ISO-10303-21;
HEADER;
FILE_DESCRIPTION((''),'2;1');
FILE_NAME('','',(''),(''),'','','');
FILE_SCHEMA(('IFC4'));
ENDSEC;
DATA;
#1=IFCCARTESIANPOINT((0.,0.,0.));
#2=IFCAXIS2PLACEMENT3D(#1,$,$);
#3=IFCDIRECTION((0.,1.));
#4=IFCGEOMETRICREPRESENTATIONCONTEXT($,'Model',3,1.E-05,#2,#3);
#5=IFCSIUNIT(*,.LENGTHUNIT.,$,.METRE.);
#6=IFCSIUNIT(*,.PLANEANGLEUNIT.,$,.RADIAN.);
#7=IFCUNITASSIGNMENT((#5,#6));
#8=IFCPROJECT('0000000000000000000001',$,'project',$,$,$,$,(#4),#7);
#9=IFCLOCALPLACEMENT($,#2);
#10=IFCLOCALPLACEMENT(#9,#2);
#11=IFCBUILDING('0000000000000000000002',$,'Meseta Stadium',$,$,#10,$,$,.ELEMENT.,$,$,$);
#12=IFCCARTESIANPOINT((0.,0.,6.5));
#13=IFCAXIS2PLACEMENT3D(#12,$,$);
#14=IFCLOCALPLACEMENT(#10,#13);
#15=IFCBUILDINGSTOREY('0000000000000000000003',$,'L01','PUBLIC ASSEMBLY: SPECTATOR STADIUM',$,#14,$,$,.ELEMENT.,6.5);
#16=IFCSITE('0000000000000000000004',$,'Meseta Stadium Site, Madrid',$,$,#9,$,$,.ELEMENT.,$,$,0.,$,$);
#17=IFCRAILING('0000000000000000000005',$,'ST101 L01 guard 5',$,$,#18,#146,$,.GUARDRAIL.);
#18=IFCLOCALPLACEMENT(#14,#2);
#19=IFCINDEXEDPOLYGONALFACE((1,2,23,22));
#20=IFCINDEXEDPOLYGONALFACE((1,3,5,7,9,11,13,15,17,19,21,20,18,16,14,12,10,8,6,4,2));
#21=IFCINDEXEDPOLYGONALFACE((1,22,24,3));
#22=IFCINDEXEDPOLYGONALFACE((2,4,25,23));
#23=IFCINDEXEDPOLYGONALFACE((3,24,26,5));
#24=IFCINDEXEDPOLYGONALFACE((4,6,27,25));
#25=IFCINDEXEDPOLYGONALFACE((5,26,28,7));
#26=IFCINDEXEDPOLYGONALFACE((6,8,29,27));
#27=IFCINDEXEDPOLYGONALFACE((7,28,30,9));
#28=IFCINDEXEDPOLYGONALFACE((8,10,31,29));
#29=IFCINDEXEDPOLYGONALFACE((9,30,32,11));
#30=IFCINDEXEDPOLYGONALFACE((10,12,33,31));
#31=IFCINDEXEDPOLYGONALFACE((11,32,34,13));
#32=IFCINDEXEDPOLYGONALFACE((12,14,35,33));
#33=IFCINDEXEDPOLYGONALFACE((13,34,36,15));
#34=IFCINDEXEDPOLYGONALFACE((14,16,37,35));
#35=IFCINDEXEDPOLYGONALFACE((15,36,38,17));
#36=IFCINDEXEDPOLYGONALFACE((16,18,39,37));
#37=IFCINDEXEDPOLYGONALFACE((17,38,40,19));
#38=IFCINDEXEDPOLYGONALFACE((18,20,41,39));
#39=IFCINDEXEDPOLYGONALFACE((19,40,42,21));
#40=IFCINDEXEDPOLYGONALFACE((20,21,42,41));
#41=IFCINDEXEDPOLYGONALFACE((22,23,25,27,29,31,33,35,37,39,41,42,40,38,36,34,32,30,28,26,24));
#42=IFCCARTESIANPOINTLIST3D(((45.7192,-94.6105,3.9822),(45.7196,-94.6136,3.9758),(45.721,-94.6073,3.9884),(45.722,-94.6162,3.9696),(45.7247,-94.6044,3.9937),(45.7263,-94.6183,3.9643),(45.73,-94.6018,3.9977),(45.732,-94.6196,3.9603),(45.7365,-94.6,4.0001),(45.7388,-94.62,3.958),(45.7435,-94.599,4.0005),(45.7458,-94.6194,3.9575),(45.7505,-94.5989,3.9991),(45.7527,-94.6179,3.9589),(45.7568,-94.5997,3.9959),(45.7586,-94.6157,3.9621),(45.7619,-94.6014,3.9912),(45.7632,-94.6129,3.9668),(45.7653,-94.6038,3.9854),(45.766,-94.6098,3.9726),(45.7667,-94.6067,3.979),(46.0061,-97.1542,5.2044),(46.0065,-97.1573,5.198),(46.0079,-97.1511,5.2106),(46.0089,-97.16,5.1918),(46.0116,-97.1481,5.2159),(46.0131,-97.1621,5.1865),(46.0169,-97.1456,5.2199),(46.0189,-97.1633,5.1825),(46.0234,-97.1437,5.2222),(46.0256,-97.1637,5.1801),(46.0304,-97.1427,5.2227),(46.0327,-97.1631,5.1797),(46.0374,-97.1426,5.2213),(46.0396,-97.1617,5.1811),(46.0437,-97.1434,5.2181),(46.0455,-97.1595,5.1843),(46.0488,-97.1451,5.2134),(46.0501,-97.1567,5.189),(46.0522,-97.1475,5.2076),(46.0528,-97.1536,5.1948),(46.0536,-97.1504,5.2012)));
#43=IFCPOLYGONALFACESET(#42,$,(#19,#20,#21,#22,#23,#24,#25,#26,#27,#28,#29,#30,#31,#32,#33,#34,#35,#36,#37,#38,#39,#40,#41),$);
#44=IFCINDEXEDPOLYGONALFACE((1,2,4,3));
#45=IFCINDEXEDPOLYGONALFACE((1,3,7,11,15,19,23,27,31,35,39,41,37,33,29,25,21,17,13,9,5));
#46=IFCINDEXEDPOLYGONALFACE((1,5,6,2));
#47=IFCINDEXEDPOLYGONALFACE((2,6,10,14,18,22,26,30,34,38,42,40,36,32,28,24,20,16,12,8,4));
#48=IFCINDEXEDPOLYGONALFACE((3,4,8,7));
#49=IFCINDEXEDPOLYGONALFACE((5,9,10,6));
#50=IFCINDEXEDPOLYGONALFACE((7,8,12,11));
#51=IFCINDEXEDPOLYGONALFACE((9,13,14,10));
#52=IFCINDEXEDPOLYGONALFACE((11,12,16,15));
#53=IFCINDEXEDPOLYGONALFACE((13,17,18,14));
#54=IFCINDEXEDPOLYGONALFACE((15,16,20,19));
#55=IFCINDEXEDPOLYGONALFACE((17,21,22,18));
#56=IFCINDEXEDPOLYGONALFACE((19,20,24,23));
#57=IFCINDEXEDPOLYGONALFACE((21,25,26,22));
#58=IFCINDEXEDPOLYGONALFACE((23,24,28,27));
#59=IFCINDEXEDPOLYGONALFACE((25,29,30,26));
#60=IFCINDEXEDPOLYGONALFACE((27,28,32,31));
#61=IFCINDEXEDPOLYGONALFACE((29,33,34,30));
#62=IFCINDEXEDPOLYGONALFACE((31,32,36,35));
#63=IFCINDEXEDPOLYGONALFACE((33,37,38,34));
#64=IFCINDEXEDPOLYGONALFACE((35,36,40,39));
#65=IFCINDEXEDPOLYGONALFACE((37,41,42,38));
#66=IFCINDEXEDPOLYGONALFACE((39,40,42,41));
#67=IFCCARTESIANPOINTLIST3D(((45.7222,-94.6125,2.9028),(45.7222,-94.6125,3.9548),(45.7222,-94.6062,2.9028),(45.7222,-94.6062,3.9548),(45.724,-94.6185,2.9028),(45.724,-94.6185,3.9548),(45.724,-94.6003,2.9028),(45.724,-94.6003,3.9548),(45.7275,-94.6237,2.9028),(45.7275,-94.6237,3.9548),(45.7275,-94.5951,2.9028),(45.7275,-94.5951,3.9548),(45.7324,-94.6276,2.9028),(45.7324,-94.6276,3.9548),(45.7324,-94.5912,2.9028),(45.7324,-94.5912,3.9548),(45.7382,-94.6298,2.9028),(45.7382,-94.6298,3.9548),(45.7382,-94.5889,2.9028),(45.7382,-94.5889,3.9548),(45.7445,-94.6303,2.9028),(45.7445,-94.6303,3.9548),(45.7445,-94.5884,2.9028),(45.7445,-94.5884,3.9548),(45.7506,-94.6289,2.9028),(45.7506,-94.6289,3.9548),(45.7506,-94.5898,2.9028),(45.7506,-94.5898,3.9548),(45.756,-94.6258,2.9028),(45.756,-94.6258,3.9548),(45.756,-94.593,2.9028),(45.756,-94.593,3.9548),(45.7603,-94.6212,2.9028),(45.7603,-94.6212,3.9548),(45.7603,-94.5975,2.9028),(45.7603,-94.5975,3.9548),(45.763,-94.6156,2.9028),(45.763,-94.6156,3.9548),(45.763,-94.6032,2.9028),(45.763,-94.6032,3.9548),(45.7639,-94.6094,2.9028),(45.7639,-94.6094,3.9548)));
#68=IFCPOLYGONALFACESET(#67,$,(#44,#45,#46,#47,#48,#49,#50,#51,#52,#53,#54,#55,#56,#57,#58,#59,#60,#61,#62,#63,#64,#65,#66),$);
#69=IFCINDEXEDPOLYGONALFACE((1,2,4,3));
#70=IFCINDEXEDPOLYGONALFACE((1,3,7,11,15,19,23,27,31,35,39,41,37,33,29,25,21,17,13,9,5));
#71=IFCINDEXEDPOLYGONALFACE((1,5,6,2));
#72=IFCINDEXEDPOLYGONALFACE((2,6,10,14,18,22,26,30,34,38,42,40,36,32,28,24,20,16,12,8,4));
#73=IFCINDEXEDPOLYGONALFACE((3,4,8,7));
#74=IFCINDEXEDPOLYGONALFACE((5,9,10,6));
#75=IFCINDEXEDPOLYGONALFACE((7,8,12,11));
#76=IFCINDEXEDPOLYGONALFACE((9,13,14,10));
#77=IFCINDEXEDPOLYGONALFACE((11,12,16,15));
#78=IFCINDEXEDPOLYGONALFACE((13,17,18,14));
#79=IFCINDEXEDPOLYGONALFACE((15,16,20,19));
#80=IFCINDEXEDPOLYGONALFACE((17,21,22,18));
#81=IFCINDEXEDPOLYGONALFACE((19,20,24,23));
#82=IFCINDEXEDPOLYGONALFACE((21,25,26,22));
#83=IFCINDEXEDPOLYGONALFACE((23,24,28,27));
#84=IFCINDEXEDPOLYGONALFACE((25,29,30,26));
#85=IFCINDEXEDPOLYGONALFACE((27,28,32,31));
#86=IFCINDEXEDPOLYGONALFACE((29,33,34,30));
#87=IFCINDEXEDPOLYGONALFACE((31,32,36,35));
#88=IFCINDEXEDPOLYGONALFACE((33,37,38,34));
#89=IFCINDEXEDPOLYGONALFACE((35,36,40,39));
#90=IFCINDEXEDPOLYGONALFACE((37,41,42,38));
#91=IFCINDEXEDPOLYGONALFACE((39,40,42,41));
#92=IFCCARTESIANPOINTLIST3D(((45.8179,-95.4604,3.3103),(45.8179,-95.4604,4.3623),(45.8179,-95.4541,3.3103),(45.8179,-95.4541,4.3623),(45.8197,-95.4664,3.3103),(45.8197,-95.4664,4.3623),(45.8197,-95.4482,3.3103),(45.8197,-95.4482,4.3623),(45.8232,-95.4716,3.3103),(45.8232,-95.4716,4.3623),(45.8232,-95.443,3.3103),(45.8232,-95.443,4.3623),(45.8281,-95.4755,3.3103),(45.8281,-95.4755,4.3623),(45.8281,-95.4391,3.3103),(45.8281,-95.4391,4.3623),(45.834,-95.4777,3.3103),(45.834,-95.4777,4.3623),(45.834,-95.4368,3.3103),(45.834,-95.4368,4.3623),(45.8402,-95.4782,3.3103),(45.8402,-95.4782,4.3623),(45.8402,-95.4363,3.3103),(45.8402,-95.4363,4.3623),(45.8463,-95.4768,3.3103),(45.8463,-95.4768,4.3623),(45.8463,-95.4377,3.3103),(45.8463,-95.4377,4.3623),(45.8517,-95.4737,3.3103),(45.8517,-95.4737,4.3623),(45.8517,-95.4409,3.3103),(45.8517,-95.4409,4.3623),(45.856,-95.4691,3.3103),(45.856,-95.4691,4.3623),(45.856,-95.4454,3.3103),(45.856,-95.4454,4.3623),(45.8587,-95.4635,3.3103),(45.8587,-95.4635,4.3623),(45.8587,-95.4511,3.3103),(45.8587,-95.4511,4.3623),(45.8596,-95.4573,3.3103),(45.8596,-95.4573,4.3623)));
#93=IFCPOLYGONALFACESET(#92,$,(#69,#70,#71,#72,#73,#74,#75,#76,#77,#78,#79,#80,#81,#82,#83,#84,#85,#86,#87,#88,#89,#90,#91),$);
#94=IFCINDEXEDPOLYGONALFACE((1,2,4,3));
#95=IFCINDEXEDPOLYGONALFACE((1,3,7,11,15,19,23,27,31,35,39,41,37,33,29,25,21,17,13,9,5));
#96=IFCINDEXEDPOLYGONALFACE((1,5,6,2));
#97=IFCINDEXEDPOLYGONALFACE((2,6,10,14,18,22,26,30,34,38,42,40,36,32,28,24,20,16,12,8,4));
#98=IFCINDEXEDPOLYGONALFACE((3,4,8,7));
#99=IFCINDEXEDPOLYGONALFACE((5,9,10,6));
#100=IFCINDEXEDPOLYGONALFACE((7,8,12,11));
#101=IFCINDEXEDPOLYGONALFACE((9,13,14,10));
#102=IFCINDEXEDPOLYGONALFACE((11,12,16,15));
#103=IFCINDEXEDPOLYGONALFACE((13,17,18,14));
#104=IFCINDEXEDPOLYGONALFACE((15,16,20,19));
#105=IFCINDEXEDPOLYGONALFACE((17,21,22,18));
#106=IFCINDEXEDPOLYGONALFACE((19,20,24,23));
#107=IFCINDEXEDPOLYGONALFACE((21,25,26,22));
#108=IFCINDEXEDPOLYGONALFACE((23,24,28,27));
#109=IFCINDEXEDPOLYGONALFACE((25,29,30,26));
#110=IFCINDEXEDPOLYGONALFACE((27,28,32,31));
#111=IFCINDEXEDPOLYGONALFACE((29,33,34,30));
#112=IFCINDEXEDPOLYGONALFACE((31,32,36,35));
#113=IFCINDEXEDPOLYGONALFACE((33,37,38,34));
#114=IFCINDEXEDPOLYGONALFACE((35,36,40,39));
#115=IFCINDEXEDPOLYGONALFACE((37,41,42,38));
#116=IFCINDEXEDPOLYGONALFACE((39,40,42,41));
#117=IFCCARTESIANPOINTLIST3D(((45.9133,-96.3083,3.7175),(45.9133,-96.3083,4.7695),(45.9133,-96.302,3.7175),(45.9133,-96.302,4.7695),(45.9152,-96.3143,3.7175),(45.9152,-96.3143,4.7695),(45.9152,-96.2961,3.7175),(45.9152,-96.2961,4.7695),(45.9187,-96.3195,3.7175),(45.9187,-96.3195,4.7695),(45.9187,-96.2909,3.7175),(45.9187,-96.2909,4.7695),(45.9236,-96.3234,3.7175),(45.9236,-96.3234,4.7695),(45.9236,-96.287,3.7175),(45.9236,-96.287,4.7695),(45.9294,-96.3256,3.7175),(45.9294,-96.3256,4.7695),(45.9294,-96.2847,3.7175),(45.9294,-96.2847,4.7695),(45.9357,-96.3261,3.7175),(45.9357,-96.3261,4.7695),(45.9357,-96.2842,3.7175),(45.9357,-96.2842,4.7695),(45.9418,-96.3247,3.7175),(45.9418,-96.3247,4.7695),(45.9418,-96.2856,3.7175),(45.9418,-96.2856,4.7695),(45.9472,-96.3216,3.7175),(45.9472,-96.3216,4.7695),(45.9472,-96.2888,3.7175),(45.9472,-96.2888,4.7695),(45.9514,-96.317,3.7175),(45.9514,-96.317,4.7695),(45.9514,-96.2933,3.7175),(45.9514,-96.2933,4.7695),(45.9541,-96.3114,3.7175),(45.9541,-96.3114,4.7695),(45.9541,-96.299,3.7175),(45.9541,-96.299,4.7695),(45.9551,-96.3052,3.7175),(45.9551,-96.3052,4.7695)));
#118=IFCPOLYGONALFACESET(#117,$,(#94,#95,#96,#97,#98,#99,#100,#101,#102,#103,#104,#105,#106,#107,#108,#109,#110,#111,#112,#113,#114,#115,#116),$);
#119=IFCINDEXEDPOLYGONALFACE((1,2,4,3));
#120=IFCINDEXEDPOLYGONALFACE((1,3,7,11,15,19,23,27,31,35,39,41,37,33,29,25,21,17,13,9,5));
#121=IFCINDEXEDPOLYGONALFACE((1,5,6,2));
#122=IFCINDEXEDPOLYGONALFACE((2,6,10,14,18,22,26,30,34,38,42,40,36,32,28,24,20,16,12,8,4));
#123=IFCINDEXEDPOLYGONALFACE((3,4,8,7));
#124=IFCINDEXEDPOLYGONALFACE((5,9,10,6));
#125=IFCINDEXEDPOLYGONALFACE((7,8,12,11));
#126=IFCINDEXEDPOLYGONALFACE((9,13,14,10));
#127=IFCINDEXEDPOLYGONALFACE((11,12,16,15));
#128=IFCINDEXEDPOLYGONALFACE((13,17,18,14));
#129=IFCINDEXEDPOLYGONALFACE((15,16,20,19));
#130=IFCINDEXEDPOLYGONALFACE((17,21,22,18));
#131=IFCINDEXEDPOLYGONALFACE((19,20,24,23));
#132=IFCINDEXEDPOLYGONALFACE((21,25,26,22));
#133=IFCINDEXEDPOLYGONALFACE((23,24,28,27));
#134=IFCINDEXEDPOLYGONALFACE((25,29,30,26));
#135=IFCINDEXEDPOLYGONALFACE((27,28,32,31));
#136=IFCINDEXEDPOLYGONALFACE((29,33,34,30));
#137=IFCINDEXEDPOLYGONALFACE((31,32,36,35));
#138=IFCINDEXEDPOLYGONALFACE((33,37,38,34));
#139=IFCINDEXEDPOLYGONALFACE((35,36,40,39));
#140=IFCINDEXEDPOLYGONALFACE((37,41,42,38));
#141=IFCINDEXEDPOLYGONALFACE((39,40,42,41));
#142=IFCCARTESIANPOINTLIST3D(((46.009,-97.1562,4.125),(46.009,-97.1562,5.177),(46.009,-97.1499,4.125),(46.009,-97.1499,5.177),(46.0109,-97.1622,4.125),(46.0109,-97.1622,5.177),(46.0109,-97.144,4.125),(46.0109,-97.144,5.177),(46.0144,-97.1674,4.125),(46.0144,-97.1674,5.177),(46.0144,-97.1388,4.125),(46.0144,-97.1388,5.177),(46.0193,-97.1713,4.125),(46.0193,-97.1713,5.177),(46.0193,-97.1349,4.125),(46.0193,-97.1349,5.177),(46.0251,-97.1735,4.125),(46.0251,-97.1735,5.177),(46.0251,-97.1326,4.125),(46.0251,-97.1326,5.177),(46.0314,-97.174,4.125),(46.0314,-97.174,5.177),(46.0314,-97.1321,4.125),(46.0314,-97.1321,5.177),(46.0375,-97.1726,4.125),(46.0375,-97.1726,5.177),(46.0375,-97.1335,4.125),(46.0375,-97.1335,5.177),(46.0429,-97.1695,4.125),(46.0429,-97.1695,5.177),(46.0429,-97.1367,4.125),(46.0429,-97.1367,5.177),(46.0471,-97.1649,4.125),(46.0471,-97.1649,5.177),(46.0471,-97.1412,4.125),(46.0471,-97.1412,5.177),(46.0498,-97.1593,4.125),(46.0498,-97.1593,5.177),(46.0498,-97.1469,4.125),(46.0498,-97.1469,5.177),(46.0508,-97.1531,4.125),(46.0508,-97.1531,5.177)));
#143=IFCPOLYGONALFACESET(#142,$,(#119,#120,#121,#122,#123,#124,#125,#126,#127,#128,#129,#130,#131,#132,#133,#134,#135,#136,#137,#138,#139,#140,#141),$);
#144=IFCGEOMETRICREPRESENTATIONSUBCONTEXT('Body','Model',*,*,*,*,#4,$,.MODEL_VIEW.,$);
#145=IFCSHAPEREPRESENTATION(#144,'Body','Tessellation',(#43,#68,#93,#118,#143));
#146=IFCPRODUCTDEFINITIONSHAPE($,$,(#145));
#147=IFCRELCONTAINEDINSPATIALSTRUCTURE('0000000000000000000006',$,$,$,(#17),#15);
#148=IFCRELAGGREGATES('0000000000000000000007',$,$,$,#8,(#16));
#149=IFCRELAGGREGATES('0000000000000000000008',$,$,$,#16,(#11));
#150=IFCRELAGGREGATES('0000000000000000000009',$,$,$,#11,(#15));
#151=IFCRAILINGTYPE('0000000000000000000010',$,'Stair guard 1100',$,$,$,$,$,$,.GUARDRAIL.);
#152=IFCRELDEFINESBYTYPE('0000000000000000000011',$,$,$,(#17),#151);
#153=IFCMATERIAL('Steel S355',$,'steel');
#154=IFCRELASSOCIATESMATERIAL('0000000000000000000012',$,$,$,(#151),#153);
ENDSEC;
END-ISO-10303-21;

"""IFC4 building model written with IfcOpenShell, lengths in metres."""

from ifc_helpers import new_model, si_unit, direction, frame, origin, origin_2d, place, context, subcontext, project, spatial, circle, extrude, material, type_object, element, save


model = new_model("IFC4")

# Units and contexts
model_context = context("Model", 3, precision=1e-05, world=origin(), true_north=direction((0.0, 1.0)))
body_context = subcontext(model_context, "Body", "Model", "MODEL_VIEW")
ifc_project = project(units=[si_unit("LENGTHUNIT", "METRE"), si_unit("PLANEANGLEUNIT", "RADIAN")], contexts=[model_context])

# Site, building, storey
site_placement = place(None, origin())
site = spatial("IfcSite", under=ifc_project, at=site_placement, Name="Meseta Stadium Site, Madrid", CompositionType="ELEMENT", RefElevation=0.0)
building_placement = place(site_placement, origin())
building = spatial("IfcBuilding", under=site, at=building_placement, Name="Meseta Stadium", CompositionType="ELEMENT")
storey_placement = place(building_placement, frame((0.0, 0.0, 6.5)))
storey = spatial("IfcBuildingStorey", under=building, at=storey_placement, Name="L01", Description="PUBLIC ASSEMBLY: SPECTATOR STADIUM", CompositionType="ELEMENT", Elevation=6.5)

# Railing
ifc_material_1 = material(Name="Steel S355", Category="steel")
railing_type_1 = type_object("IfcRailingType", Name="Stair guard 1100", PredefinedType="GUARDRAIL", material=ifc_material_1)
railing_1_placement = place(storey_placement, frame((45.7429, -94.6094, 2.9028)))
element("IfcRailing", 1, at=railing_1_placement, inside=storey, type_object=railing_type_1, Name="ST101 L01 guard 5", PredefinedType="GUARDRAIL", context=body_context, shape_type="SweptSolid", body=[
    extrude(circle(Radius=0.0239, at=origin_2d()), frame((0.0, 0.0, 1.0762), z_axis=(0.101129, -0.896737, 0.430854), x_axis=(0.993701, 0.112064, 0.0)), (0.0, 0.0, 1.0), 2.8367),
    extrude(circle(Radius=0.021, at=origin_2d()), origin(), (0.0, 0.0, 1.0), 1.052),
    extrude(circle(Radius=0.021, at=origin_2d()), frame((0.0957, -0.8479, 0.4075)), (0.0, 0.0, 1.0), 1.052),
    extrude(circle(Radius=0.021, at=origin_2d()), frame((0.1912, -1.6958, 0.8147)), (0.0, 0.0, 1.0), 1.052),
    extrude(circle(Radius=0.021, at=origin_2d()), frame((0.2869, -2.5437, 1.2222)), (0.0, 0.0, 1.0), 1.052),
])

save(model, "model.ifc")
